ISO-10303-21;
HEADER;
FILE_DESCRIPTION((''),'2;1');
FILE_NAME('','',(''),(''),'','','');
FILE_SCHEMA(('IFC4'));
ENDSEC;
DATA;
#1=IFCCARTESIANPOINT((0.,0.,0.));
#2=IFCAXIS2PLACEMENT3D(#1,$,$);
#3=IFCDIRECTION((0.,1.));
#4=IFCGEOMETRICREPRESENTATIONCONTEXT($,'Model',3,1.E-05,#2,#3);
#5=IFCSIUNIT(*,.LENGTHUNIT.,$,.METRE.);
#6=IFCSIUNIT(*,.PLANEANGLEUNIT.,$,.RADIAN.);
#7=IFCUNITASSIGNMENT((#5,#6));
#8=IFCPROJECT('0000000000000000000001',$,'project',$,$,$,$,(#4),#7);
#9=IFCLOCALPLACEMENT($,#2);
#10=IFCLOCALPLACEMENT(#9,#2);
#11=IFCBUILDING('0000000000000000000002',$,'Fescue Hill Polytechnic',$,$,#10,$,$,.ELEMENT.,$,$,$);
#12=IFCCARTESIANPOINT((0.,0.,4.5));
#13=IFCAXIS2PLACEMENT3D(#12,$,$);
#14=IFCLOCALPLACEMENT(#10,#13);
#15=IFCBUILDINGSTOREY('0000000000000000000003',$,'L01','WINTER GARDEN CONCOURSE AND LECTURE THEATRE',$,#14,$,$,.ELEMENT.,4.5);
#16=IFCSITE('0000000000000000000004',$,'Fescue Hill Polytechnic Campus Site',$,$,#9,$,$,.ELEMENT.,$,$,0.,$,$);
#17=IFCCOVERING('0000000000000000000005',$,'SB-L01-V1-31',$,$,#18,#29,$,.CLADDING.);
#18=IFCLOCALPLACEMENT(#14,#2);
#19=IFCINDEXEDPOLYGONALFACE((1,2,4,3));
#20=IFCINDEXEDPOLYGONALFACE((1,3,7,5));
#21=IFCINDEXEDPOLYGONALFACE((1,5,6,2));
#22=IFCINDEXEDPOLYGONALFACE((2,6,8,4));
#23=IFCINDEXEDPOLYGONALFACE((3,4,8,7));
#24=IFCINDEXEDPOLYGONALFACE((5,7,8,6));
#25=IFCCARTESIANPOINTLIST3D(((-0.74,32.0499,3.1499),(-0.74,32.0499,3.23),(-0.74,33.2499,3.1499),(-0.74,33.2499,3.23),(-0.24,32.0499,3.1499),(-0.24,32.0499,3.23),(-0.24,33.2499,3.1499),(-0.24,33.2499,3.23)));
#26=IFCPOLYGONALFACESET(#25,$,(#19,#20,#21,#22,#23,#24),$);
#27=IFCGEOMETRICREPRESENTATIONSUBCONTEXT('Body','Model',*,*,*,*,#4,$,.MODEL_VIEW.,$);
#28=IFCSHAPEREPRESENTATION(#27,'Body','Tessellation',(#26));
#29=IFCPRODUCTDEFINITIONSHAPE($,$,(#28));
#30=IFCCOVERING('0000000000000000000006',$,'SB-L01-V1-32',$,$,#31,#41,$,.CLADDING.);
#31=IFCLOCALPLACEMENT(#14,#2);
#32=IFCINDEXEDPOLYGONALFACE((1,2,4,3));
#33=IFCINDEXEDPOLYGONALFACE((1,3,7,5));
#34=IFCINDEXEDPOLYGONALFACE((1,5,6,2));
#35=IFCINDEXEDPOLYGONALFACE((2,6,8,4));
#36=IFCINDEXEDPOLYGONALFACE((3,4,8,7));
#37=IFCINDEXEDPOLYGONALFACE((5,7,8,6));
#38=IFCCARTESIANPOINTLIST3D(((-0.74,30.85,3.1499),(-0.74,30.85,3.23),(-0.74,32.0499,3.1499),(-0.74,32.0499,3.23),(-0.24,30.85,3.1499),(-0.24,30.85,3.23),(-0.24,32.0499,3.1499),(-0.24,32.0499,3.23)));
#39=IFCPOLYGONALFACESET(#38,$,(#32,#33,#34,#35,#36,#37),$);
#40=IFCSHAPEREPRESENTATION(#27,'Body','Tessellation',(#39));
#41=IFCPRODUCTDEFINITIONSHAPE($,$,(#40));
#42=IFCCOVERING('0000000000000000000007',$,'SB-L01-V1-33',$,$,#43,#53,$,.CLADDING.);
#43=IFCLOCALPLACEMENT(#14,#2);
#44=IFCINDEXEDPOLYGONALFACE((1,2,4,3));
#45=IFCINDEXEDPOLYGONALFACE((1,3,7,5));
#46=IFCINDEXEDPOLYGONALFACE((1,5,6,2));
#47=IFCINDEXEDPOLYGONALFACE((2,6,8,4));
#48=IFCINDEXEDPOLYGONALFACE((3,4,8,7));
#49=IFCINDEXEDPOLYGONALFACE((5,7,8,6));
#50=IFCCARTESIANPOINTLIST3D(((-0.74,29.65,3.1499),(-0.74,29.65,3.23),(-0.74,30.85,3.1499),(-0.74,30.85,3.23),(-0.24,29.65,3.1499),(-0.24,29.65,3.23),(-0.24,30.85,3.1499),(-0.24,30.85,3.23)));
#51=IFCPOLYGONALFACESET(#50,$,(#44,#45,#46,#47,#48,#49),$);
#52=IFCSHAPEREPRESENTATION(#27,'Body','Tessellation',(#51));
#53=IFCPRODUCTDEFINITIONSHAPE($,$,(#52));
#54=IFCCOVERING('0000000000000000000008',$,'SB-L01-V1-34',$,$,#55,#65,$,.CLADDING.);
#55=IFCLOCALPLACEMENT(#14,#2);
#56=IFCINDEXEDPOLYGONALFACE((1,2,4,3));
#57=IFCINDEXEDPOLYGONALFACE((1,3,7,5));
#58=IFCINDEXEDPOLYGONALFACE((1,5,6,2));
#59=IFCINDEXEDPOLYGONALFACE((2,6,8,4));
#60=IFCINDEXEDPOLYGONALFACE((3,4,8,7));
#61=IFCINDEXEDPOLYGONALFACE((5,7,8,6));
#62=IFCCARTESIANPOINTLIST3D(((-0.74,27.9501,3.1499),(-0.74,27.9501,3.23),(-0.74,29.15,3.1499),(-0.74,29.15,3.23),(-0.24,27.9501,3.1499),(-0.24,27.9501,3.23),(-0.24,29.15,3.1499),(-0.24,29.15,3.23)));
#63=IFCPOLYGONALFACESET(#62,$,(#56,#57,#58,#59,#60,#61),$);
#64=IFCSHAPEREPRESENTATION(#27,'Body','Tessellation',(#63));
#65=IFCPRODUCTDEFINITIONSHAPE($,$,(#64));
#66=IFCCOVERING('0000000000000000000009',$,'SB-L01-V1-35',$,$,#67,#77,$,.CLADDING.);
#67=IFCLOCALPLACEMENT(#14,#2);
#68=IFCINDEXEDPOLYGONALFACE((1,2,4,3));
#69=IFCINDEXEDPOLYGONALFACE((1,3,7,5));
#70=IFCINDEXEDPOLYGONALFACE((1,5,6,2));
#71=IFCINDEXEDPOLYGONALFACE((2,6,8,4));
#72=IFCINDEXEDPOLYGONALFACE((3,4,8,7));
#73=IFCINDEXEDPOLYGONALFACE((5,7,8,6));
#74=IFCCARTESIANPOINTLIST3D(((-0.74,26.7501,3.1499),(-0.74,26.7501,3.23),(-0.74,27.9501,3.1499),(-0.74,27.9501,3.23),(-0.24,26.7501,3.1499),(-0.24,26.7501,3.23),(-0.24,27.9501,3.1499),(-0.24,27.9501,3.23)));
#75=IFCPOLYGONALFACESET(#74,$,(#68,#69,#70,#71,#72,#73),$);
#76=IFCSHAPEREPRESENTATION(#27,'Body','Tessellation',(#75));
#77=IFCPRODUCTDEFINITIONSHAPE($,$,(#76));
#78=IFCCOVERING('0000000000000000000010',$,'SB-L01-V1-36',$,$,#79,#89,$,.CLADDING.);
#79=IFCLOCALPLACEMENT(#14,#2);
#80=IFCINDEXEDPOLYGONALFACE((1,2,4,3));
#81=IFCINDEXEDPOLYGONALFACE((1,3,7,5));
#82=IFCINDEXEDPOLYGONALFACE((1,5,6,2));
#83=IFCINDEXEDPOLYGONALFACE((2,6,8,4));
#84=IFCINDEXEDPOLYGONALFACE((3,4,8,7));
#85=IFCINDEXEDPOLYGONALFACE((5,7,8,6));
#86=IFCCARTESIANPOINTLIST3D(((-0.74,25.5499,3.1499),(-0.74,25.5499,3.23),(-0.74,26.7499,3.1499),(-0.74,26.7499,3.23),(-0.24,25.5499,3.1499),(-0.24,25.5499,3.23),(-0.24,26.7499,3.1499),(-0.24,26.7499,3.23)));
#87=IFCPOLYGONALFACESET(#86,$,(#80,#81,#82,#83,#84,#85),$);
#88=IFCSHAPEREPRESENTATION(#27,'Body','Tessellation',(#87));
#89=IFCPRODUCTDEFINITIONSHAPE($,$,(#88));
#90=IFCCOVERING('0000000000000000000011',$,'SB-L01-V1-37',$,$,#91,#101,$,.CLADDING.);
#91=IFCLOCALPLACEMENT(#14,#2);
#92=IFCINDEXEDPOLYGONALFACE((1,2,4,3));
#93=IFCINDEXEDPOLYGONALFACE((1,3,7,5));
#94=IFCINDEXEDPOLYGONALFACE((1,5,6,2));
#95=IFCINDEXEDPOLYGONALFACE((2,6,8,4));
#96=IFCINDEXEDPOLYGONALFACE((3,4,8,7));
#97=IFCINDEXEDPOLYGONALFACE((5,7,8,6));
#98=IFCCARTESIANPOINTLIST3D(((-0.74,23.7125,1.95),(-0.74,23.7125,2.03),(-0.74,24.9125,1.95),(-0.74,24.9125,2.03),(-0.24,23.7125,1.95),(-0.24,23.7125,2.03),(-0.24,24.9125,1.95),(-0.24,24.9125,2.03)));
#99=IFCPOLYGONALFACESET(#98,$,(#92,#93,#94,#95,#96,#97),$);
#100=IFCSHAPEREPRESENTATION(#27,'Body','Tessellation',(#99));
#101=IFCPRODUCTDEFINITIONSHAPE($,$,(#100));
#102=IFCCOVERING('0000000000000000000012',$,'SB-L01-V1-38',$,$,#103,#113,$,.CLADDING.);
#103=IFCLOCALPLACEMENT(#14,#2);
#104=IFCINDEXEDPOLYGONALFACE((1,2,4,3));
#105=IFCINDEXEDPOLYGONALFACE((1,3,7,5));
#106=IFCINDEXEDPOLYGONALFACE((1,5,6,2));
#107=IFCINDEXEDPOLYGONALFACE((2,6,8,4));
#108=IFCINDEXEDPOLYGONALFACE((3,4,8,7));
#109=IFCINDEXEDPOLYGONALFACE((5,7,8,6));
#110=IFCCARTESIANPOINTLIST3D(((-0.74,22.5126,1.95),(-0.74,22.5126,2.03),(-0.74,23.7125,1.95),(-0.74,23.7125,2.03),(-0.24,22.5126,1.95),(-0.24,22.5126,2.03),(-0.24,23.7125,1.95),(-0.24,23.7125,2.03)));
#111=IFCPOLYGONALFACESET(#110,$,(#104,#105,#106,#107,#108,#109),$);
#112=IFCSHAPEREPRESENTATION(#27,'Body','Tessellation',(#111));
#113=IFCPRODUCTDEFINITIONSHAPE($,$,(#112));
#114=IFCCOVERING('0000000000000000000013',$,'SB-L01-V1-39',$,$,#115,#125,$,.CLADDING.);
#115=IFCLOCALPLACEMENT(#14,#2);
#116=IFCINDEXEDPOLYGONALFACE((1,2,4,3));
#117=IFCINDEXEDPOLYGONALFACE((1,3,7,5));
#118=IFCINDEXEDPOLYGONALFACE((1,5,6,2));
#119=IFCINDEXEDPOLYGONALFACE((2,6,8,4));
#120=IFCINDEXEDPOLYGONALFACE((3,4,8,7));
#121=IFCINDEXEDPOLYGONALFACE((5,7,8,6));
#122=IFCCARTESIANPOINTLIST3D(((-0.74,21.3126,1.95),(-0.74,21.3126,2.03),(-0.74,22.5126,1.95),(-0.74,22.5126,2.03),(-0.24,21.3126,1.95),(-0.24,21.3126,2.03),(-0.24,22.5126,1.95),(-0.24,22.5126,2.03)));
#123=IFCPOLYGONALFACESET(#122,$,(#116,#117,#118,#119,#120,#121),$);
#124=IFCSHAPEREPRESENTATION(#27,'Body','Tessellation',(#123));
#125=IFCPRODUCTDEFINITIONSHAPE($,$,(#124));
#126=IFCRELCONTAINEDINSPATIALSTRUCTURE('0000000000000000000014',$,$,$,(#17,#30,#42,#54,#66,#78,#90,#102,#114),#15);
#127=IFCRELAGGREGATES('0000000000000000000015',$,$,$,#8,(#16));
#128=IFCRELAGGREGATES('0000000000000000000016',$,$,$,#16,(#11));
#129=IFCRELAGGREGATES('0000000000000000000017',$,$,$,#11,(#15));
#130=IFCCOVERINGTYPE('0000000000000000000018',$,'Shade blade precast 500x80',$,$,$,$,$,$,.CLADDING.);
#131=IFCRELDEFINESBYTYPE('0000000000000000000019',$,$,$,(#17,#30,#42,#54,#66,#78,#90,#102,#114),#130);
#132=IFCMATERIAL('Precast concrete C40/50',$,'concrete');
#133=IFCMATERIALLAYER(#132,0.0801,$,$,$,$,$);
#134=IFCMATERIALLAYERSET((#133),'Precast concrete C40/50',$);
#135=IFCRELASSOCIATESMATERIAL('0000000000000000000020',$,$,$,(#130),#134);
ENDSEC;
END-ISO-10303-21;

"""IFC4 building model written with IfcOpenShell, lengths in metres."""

from ifc_helpers import new_model, si_unit, direction, frame, origin, origin_2d, place, context, subcontext, project, spatial, rectangle, extrude, material, layer, layer_set, type_object, element, save


model = new_model("IFC4")

# Units and contexts
model_context = context("Model", 3, precision=1e-05, world=origin(), true_north=direction((0.0, 1.0)))
body_context = subcontext(model_context, "Body", "Model", "MODEL_VIEW")
ifc_project = project(units=[si_unit("LENGTHUNIT", "METRE"), si_unit("PLANEANGLEUNIT", "RADIAN")], contexts=[model_context])

# Site, building, storey
site_placement = place(None, origin())
site = spatial("IfcSite", under=ifc_project, at=site_placement, Name="Fescue Hill Polytechnic Campus Site", CompositionType="ELEMENT", RefElevation=0.0)
building_placement = place(site_placement, origin())
building = spatial("IfcBuilding", under=site, at=building_placement, Name="Fescue Hill Polytechnic", CompositionType="ELEMENT")
storey_placement = place(building_placement, frame((0.0, 0.0, 4.5)))
storey = spatial("IfcBuildingStorey", under=building, at=storey_placement, Name="L01", Description="WINTER GARDEN CONCOURSE AND LECTURE THEATRE", CompositionType="ELEMENT", Elevation=4.5)

# Coverings
ifc_material_1 = material(Name="Precast concrete C40/50", Category="concrete")
ifc_layer_1 = layer(ifc_material_1, 0.0801)
ifc_layer_set_1 = layer_set([ifc_layer_1], Name="Precast concrete C40/50")
covering_type = type_object("IfcCoveringType", Name="Shade blade precast 500x80", PredefinedType="CLADDING", material=ifc_layer_set_1)
for number, where, z_axis, x_axis, name in (
    (1, (-0.49, 32.6499, 3.1499), (0.0, 0.0, 1.0), (0.0, -1.0, 0.0), "SB-L01-V1-31"),
    (2, (-0.49, 31.45, 3.1499), (0.0, 0.0, 1.0), (0.0, -1.0, 0.0), "SB-L01-V1-32"),
    (3, (-0.49, 30.25, 3.1499), (0.0, 0.0, 1.0), (0.0, -1.0, 0.0), "SB-L01-V1-33"),
    (4, (-0.49, 28.55, 3.1499), (0.0, 0.0, 1.0), (0.0, -1.0, 0.0), "SB-L01-V1-34"),
    (5, (-0.49, 27.3501, 3.1499), (0.0, 0.0, 1.0), (0.0, -1.0, 0.0), "SB-L01-V1-35"),
    (6, (-0.49, 26.1499, 3.1499), (0.0, 0.0, 1.0), (0.0, -1.0, 0.0), "SB-L01-V1-36"),
    (7, (-0.49, 24.3125, 1.95), (0.0, 0.0, 1.0), (0.0, -1.0, 0.0), "SB-L01-V1-37"),
    (8, (-0.49, 23.1125, 1.95), (0.0, 0.0, 1.0), (0.0, -1.0, 0.0), "SB-L01-V1-38"),
    (9, (-0.49, 21.9126, 1.95), (0.0, 0.0, 1.0), (0.0, -1.0, 0.0), "SB-L01-V1-39"),
):
    element("IfcCovering", number, at=place(storey_placement, frame(where, z_axis=z_axis, x_axis=x_axis)), inside=storey, type_object=covering_type, Name=name, PredefinedType="CLADDING", context=body_context, shape_type="SweptSolid", body=[
        extrude(rectangle(XDim=1.2, YDim=0.5, at=origin_2d()), origin(), (0.0, 0.0, 1.0), 0.0801),
    ])

save(model, "model.ifc")
